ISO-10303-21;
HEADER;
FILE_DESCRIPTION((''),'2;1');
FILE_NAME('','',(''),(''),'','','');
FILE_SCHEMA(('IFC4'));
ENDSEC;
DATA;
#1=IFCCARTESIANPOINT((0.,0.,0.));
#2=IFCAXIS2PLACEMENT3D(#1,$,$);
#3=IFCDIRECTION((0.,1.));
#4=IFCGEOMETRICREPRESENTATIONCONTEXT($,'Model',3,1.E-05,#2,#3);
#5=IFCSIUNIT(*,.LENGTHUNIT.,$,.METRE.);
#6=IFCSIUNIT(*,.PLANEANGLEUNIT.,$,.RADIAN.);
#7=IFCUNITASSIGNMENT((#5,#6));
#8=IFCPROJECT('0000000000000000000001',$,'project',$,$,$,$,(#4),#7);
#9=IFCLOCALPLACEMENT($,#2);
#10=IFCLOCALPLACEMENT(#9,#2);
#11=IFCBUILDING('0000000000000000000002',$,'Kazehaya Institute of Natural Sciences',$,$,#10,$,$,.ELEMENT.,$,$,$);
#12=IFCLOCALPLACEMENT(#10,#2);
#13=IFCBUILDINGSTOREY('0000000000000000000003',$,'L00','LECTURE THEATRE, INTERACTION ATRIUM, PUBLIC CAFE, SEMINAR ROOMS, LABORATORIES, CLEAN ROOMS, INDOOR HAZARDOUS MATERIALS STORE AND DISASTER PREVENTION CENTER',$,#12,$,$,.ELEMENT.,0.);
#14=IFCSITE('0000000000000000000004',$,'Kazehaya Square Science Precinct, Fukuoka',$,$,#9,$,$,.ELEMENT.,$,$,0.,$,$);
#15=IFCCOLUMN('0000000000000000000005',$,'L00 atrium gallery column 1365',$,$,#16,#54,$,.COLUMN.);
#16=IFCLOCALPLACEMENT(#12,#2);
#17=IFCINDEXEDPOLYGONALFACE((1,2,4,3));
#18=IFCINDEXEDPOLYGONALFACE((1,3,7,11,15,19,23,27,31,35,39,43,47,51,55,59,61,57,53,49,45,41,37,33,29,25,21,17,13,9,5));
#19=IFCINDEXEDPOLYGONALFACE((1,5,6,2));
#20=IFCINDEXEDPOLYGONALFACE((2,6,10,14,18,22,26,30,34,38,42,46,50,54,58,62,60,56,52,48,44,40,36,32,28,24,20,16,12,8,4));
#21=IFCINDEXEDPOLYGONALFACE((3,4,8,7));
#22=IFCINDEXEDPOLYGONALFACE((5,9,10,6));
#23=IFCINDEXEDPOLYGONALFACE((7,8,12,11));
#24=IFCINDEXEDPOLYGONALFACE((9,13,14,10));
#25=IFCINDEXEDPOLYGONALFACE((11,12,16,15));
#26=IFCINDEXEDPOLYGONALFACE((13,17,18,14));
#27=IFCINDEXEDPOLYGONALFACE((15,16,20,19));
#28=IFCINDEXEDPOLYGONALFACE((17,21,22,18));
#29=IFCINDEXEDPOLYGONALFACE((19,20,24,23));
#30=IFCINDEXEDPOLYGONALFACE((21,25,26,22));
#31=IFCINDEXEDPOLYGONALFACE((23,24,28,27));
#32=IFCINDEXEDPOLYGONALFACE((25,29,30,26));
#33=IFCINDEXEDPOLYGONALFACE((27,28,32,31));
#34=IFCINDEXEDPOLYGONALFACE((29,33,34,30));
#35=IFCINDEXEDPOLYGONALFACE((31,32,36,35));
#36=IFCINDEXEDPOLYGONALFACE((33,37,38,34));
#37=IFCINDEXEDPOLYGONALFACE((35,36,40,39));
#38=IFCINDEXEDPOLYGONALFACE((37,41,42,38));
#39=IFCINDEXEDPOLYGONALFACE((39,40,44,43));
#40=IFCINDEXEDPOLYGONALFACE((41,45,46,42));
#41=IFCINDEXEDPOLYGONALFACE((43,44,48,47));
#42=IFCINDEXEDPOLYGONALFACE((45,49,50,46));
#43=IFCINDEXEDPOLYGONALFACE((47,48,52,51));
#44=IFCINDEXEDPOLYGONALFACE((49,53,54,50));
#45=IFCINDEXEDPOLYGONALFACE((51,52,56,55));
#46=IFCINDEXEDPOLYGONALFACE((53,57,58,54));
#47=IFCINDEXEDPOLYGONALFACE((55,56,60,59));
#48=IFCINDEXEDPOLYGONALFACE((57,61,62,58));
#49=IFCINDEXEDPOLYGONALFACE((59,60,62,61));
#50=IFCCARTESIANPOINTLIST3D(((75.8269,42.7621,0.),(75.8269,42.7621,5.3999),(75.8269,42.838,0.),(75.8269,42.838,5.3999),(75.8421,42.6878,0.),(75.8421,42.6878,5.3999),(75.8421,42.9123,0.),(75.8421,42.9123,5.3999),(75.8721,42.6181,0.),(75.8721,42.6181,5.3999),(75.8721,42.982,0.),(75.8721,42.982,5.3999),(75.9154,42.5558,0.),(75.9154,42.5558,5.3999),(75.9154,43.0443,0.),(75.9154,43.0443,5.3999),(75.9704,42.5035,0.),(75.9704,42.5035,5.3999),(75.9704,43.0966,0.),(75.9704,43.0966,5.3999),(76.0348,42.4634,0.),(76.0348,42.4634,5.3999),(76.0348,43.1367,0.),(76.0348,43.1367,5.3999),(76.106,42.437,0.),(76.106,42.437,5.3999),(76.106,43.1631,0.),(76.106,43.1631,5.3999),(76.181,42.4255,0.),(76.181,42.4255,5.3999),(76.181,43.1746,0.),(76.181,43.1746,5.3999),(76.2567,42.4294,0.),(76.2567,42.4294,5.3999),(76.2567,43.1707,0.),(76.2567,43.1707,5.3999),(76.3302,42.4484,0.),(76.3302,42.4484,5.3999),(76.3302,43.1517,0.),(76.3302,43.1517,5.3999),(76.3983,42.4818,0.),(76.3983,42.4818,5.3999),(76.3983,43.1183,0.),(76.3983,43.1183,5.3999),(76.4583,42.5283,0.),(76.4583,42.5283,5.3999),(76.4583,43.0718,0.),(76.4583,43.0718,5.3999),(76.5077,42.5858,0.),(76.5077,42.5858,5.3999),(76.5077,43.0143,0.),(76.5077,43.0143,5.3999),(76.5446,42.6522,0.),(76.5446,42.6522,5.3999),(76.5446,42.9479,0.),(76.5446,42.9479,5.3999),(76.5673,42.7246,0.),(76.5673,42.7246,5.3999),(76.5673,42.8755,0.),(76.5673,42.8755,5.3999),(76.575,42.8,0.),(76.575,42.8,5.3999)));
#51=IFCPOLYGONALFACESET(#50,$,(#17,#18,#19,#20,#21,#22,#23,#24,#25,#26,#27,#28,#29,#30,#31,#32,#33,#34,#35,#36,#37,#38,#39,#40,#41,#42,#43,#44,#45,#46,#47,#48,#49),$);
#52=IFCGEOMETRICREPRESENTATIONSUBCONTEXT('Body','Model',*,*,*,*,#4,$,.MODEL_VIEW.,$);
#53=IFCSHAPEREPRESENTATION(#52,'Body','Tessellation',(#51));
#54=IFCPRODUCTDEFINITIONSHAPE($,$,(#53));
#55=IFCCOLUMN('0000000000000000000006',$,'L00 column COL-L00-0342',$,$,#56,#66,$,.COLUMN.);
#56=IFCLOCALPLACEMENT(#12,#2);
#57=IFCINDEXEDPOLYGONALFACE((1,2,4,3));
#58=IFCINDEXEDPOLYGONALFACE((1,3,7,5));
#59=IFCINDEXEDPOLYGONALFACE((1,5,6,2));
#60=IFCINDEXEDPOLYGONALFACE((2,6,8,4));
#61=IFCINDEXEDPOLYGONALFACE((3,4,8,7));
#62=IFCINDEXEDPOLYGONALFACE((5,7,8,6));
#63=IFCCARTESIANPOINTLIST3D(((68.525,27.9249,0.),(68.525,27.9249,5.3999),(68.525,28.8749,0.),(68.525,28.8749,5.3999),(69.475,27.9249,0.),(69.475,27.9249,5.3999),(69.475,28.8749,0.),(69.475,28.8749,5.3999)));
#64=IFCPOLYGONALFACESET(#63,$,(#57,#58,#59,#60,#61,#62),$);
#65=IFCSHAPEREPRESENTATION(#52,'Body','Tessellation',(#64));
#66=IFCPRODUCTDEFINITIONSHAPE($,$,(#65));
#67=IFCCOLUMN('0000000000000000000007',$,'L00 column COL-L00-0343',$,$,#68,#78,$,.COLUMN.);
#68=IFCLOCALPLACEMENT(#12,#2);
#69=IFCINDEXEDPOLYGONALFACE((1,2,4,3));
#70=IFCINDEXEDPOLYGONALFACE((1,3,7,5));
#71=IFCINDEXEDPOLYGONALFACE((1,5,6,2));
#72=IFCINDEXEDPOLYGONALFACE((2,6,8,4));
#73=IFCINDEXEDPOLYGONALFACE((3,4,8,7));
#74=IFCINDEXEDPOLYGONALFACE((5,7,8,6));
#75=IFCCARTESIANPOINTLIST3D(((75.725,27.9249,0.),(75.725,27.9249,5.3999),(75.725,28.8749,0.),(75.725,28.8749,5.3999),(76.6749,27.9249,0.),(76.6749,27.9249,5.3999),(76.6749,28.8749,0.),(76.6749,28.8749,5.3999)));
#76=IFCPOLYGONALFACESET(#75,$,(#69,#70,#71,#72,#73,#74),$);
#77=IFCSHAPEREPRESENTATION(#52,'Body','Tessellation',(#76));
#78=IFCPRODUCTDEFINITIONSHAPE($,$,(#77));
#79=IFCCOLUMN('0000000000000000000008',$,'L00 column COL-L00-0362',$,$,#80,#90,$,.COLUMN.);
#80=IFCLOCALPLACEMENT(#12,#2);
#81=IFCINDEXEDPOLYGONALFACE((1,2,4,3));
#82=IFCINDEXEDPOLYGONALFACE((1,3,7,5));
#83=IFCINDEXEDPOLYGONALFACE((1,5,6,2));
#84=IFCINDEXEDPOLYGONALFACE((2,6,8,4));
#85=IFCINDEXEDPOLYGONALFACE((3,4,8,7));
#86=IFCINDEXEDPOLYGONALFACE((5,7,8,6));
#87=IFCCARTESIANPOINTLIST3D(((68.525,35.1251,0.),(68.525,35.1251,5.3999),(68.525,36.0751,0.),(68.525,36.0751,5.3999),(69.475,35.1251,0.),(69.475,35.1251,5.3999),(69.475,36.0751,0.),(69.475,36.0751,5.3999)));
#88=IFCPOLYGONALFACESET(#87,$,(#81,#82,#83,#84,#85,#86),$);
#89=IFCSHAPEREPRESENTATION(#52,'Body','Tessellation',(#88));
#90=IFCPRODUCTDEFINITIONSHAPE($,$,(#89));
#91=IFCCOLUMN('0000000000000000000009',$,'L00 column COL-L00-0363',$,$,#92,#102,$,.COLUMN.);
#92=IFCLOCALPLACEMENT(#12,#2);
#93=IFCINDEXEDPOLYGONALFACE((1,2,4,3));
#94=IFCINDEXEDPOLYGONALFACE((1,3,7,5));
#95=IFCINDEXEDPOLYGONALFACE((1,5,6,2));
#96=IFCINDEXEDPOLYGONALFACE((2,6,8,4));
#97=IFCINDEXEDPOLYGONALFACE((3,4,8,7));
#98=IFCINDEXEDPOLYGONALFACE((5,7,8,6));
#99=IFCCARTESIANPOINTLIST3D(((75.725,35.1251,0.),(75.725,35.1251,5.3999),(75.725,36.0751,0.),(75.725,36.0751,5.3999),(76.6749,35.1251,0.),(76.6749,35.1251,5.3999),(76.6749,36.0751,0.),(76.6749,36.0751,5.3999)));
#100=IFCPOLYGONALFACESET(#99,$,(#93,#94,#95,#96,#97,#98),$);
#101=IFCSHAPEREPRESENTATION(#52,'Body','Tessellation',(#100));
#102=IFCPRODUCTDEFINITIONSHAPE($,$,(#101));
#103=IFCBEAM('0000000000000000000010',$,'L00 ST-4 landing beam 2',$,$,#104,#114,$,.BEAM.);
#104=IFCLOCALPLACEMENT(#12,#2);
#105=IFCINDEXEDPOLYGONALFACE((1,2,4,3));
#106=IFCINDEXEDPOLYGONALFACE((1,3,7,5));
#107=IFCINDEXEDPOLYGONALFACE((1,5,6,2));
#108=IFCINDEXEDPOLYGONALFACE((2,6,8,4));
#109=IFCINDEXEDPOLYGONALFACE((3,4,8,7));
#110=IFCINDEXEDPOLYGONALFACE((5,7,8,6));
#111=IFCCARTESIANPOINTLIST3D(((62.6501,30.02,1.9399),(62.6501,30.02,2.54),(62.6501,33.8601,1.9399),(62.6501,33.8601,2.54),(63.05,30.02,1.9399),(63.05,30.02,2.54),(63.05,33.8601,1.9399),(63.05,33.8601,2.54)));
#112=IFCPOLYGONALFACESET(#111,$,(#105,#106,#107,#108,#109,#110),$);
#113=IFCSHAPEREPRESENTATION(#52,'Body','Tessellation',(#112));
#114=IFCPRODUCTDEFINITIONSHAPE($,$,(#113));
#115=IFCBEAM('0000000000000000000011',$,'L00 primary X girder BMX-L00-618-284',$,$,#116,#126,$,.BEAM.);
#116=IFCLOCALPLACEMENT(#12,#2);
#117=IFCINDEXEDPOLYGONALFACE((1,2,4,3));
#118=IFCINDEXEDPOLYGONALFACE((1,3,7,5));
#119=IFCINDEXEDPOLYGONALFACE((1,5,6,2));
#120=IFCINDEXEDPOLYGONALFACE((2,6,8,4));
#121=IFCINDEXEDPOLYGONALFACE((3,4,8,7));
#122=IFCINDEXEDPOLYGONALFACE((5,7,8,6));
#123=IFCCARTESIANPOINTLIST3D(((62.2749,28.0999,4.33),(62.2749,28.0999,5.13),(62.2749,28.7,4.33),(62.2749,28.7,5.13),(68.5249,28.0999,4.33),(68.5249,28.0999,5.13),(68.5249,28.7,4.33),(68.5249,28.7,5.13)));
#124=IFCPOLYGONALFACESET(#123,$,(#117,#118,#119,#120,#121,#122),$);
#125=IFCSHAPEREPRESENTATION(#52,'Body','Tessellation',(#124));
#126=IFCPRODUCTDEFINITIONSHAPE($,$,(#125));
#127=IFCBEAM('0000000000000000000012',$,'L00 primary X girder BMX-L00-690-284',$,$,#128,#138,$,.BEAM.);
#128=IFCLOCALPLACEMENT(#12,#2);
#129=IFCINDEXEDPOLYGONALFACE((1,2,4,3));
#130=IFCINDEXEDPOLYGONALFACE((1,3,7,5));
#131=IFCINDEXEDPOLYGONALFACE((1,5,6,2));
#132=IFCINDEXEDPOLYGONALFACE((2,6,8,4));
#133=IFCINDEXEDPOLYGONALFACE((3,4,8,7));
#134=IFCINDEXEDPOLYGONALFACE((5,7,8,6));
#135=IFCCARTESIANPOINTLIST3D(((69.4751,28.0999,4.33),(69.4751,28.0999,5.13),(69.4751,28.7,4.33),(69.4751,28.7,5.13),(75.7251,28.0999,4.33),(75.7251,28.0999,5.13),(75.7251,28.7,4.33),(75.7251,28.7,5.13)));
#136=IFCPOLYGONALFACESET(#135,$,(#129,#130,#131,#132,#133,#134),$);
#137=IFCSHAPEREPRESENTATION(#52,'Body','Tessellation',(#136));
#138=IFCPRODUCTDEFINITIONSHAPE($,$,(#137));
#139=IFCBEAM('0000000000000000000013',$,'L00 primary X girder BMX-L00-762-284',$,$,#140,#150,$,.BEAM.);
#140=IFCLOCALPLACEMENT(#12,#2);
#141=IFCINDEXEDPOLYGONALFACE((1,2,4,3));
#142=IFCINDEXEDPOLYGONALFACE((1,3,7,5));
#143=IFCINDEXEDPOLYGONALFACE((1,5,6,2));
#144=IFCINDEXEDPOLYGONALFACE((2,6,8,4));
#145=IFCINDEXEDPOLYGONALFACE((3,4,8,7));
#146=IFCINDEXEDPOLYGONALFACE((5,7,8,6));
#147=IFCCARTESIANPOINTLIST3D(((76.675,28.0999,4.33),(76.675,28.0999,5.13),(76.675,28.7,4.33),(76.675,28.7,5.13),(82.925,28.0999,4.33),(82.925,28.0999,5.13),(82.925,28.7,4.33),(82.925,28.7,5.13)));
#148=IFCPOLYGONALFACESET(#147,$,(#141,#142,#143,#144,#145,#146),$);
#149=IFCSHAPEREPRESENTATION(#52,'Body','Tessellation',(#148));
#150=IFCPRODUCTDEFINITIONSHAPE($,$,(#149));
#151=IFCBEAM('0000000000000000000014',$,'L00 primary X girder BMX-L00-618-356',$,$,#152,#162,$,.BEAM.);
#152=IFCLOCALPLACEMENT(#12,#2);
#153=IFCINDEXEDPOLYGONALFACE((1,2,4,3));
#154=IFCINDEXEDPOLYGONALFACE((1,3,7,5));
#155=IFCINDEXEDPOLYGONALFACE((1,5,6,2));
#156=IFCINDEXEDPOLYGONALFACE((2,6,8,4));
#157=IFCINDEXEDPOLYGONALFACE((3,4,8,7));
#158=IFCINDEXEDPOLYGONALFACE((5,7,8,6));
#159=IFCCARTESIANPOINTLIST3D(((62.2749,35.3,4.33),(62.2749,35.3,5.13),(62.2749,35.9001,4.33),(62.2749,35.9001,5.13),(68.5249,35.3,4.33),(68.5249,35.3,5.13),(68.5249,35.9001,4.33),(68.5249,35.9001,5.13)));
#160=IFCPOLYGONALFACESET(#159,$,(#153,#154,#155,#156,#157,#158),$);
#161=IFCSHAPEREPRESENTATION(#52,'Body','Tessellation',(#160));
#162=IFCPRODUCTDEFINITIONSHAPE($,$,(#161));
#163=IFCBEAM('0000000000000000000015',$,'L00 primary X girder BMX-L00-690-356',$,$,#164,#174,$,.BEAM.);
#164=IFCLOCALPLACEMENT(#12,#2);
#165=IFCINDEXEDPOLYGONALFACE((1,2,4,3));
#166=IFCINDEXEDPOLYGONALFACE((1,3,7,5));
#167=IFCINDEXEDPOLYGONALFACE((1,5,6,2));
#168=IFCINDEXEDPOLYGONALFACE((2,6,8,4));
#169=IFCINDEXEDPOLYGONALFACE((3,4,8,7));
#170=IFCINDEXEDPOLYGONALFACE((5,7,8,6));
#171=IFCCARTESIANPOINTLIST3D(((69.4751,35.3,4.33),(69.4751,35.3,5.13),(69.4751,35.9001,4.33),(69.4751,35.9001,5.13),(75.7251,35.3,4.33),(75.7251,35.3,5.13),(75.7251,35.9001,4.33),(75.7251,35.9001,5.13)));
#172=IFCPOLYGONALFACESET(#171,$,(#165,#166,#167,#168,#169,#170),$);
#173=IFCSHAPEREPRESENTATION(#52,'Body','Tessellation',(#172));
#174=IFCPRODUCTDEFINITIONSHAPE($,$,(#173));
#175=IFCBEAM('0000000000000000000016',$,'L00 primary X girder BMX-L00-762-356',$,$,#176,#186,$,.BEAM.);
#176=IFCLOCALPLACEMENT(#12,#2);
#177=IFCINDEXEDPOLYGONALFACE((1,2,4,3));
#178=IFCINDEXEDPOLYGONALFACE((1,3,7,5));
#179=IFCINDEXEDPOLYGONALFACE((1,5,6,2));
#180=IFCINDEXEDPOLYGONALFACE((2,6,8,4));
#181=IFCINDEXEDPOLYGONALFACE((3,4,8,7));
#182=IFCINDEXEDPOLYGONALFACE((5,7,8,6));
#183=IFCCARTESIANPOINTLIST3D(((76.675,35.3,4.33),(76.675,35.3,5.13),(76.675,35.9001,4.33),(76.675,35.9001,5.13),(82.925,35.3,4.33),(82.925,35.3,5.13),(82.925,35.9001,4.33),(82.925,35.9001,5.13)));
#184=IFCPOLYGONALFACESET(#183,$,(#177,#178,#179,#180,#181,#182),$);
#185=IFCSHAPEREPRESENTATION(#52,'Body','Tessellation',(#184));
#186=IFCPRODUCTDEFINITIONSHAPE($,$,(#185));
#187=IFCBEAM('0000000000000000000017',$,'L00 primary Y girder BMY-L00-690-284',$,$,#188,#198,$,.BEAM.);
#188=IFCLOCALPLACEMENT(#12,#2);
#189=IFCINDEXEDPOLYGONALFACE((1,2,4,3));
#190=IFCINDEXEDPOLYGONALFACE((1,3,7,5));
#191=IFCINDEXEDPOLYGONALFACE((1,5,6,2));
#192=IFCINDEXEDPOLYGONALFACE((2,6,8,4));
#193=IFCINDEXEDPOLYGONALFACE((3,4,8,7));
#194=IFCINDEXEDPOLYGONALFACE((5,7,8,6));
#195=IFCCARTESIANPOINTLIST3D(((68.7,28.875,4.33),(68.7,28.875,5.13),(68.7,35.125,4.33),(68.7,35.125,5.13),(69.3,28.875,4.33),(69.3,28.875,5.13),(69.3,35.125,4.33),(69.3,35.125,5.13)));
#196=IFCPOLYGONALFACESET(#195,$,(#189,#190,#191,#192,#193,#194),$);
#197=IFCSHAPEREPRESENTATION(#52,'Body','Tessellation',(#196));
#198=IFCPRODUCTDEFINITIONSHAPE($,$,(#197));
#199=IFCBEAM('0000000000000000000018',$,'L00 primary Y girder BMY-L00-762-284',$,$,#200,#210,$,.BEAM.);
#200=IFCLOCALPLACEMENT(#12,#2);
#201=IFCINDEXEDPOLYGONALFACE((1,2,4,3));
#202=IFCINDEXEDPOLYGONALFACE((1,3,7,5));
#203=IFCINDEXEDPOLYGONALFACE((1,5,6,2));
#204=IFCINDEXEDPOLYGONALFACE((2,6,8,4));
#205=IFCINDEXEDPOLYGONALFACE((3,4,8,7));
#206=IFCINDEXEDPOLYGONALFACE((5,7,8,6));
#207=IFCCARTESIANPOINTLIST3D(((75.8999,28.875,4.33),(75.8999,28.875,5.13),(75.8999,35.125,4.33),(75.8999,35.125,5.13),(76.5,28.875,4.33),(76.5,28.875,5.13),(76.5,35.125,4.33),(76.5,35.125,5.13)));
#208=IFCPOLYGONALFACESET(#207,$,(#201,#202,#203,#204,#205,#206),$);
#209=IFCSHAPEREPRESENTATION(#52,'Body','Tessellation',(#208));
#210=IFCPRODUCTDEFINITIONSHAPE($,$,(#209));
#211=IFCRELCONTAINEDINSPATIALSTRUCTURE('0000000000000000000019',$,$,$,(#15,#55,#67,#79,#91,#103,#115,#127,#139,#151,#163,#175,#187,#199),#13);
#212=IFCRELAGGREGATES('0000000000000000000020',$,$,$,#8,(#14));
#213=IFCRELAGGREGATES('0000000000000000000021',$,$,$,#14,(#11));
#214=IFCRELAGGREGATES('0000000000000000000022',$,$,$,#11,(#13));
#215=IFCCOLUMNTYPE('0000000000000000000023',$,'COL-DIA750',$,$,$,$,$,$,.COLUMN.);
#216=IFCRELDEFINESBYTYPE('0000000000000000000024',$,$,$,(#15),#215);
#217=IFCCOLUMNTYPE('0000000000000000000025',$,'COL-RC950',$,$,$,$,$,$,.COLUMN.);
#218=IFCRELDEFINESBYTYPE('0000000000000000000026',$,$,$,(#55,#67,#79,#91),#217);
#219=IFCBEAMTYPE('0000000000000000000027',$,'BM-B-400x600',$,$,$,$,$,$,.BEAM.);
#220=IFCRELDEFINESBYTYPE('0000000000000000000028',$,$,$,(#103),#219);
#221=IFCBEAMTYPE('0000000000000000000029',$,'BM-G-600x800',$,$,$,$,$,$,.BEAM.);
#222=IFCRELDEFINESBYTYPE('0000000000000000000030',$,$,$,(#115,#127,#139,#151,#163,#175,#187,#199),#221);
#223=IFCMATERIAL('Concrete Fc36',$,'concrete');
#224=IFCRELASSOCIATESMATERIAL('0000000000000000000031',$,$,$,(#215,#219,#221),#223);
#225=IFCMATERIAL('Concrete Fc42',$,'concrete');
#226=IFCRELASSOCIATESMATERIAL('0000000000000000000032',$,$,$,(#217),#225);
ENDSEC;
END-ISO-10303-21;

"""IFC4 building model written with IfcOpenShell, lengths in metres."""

from ifc_helpers import new_model, si_unit, direction, frame, origin, origin_2d, place, context, subcontext, project, spatial, rectangle, circle, extrude, material, material_profile, profile_set, type_object, element, save


model = new_model("IFC4")

# Units and contexts
model_context = context("Model", 3, precision=1e-05, world=origin(), true_north=direction((0.0, 1.0)))
body_context = subcontext(model_context, "Body", "Model", "MODEL_VIEW")
ifc_project = project(units=[si_unit("LENGTHUNIT", "METRE"), si_unit("PLANEANGLEUNIT", "RADIAN")], contexts=[model_context])

# Site, building, storey
site_placement = place(None, origin())
site = spatial("IfcSite", under=ifc_project, at=site_placement, Name="Kazehaya Square Science Precinct, Fukuoka", CompositionType="ELEMENT", RefElevation=0.0)
building_placement = place(site_placement, origin())
building = spatial("IfcBuilding", under=site, at=building_placement, Name="Kazehaya Institute of Natural Sciences", CompositionType="ELEMENT")
storey_placement = place(building_placement, origin())
storey = spatial("IfcBuildingStorey", under=building, at=storey_placement, Name="L00", Description="LECTURE THEATRE, INTERACTION ATRIUM, PUBLIC CAFE, SEMINAR ROOMS, LABORATORIES, CLEAN ROOMS, INDOOR HAZARDOUS MATERIALS STORE AND DISASTER PREVENTION CENTER", CompositionType="ELEMENT", Elevation=0.0)

# Columns
ifc_material_1 = material(Name="Concrete Fc36", Category="concrete")
ifc_material_profile_1 = material_profile(ifc_material_1, circle(Radius=0.375, at=origin_2d()), Name="RC-DIA750")
ifc_profile_set_1 = profile_set([ifc_material_profile_1], Name="Concrete Fc36")
column_type_1 = type_object("IfcColumnType", Name="COL-DIA750", PredefinedType="COLUMN", material=ifc_profile_set_1)
column_placement = place(storey_placement, frame((76.2, 42.8, 0.0), z_axis=(0.0, 0.0, 1.0), x_axis=(1.0, 0.0, 0.0)))
element("IfcColumn", 1, at=column_placement, inside=storey, type_object=column_type_1, Name="L00 atrium gallery column 1365", PredefinedType="COLUMN", context=body_context, shape_type="SweptSolid", body=[
    extrude(circle(Radius=0.375, at=origin_2d()), origin(), (0.0, 0.0, 1.0), 5.3999),
])
ifc_material_2 = material(Name="Concrete Fc42", Category="concrete")
ifc_material_profile_2 = material_profile(ifc_material_2, rectangle(XDim=0.95, YDim=0.95, at=origin_2d()), Name="RC-950x950")
ifc_profile_set_2 = profile_set([ifc_material_profile_2], Name="Concrete Fc42")
column_type_2 = type_object("IfcColumnType", Name="COL-RC950", PredefinedType="COLUMN", material=ifc_profile_set_2)
for number, where, z_axis, x_axis, name in (
    (2, (69.0, 28.3999, 0.0), (0.0, 0.0, 1.0), (1.0, 0.0, 0.0), "L00 column COL-L00-0342"),
    (3, (76.2, 28.3999, 0.0), (0.0, 0.0, 1.0), (1.0, 0.0, 0.0), "L00 column COL-L00-0343"),
    (4, (69.0, 35.6001, 0.0), (0.0, 0.0, 1.0), (1.0, 0.0, 0.0), "L00 column COL-L00-0362"),
    (5, (76.2, 35.6001, 0.0), (0.0, 0.0, 1.0), (1.0, 0.0, 0.0), "L00 column COL-L00-0363"),
):
    element("IfcColumn", number, at=place(storey_placement, frame(where, z_axis=z_axis, x_axis=x_axis)), inside=storey, type_object=column_type_2, Name=name, PredefinedType="COLUMN", context=body_context, shape_type="SweptSolid", body=[
        extrude(rectangle(XDim=0.95, YDim=0.95, at=origin_2d()), origin(), (0.0, 0.0, 1.0), 5.3999),
    ])

# Beams
ifc_material_profile_3 = material_profile(ifc_material_1, rectangle(XDim=0.3999, YDim=0.6001, at=origin_2d()), Name="RC-400x600")
ifc_profile_set_3 = profile_set([ifc_material_profile_3], Name="Concrete Fc36")
beam_type_1 = type_object("IfcBeamType", Name="BM-B-400x600", PredefinedType="BEAM", material=ifc_profile_set_3)
beam_1_placement = place(storey_placement, frame((62.8501, 30.02, 2.24), z_axis=(0.0, 1.0, 0.0), x_axis=(-1.0, 0.0, 0.0)))
element("IfcBeam", 6, at=beam_1_placement, inside=storey, type_object=beam_type_1, Name="L00 ST-4 landing beam 2", PredefinedType="BEAM", context=body_context, shape_type="SweptSolid", body=[
    extrude(rectangle(XDim=0.3999, YDim=0.6001, at=origin_2d()), origin(), (0.0, 0.0, 1.0), 3.8401),
])
ifc_material_profile_4 = material_profile(ifc_material_1, rectangle(XDim=0.6001, YDim=0.8, at=origin_2d()), Name="RC-600x800")
ifc_profile_set_4 = profile_set([ifc_material_profile_4], Name="Concrete Fc36")
beam_type_2 = type_object("IfcBeamType", Name="BM-G-600x800", PredefinedType="BEAM", material=ifc_profile_set_4)
for number, where, z_axis, x_axis, name in (
    (7, (62.2749, 28.3999, 4.73), (1.0, 0.0, 0.0), (0.0, 1.0, 0.0), "L00 primary X girder BMX-L00-618-284"),
    (8, (69.4751, 28.3999, 4.73), (1.0, 0.0, 0.0), (0.0, 1.0, 0.0), "L00 primary X girder BMX-L00-690-284"),
    (9, (76.675, 28.3999, 4.73), (1.0, 0.0, 0.0), (0.0, 1.0, 0.0), "L00 primary X girder BMX-L00-762-284"),
    (10, (62.2749, 35.6001, 4.73), (1.0, 0.0, 0.0), (0.0, 1.0, 0.0), "L00 primary X girder BMX-L00-618-356"),
    (11, (69.4751, 35.6001, 4.73), (1.0, 0.0, 0.0), (0.0, 1.0, 0.0), "L00 primary X girder BMX-L00-690-356"),
    (12, (76.675, 35.6001, 4.73), (1.0, 0.0, 0.0), (0.0, 1.0, 0.0), "L00 primary X girder BMX-L00-762-356"),
    (13, (69.0, 28.875, 4.73), (0.0, 1.0, 0.0), (-1.0, 0.0, 0.0), "L00 primary Y girder BMY-L00-690-284"),
    (14, (76.2, 28.875, 4.73), (0.0, 1.0, 0.0), (-1.0, 0.0, 0.0), "L00 primary Y girder BMY-L00-762-284"),
):
    element("IfcBeam", number, at=place(storey_placement, frame(where, z_axis=z_axis, x_axis=x_axis)), inside=storey, type_object=beam_type_2, Name=name, PredefinedType="BEAM", context=body_context, shape_type="SweptSolid", body=[
        extrude(rectangle(XDim=0.6001, YDim=0.8, at=origin_2d()), origin(), (0.0, 0.0, 1.0), 6.25),
    ])

save(model, "model.ifc")
